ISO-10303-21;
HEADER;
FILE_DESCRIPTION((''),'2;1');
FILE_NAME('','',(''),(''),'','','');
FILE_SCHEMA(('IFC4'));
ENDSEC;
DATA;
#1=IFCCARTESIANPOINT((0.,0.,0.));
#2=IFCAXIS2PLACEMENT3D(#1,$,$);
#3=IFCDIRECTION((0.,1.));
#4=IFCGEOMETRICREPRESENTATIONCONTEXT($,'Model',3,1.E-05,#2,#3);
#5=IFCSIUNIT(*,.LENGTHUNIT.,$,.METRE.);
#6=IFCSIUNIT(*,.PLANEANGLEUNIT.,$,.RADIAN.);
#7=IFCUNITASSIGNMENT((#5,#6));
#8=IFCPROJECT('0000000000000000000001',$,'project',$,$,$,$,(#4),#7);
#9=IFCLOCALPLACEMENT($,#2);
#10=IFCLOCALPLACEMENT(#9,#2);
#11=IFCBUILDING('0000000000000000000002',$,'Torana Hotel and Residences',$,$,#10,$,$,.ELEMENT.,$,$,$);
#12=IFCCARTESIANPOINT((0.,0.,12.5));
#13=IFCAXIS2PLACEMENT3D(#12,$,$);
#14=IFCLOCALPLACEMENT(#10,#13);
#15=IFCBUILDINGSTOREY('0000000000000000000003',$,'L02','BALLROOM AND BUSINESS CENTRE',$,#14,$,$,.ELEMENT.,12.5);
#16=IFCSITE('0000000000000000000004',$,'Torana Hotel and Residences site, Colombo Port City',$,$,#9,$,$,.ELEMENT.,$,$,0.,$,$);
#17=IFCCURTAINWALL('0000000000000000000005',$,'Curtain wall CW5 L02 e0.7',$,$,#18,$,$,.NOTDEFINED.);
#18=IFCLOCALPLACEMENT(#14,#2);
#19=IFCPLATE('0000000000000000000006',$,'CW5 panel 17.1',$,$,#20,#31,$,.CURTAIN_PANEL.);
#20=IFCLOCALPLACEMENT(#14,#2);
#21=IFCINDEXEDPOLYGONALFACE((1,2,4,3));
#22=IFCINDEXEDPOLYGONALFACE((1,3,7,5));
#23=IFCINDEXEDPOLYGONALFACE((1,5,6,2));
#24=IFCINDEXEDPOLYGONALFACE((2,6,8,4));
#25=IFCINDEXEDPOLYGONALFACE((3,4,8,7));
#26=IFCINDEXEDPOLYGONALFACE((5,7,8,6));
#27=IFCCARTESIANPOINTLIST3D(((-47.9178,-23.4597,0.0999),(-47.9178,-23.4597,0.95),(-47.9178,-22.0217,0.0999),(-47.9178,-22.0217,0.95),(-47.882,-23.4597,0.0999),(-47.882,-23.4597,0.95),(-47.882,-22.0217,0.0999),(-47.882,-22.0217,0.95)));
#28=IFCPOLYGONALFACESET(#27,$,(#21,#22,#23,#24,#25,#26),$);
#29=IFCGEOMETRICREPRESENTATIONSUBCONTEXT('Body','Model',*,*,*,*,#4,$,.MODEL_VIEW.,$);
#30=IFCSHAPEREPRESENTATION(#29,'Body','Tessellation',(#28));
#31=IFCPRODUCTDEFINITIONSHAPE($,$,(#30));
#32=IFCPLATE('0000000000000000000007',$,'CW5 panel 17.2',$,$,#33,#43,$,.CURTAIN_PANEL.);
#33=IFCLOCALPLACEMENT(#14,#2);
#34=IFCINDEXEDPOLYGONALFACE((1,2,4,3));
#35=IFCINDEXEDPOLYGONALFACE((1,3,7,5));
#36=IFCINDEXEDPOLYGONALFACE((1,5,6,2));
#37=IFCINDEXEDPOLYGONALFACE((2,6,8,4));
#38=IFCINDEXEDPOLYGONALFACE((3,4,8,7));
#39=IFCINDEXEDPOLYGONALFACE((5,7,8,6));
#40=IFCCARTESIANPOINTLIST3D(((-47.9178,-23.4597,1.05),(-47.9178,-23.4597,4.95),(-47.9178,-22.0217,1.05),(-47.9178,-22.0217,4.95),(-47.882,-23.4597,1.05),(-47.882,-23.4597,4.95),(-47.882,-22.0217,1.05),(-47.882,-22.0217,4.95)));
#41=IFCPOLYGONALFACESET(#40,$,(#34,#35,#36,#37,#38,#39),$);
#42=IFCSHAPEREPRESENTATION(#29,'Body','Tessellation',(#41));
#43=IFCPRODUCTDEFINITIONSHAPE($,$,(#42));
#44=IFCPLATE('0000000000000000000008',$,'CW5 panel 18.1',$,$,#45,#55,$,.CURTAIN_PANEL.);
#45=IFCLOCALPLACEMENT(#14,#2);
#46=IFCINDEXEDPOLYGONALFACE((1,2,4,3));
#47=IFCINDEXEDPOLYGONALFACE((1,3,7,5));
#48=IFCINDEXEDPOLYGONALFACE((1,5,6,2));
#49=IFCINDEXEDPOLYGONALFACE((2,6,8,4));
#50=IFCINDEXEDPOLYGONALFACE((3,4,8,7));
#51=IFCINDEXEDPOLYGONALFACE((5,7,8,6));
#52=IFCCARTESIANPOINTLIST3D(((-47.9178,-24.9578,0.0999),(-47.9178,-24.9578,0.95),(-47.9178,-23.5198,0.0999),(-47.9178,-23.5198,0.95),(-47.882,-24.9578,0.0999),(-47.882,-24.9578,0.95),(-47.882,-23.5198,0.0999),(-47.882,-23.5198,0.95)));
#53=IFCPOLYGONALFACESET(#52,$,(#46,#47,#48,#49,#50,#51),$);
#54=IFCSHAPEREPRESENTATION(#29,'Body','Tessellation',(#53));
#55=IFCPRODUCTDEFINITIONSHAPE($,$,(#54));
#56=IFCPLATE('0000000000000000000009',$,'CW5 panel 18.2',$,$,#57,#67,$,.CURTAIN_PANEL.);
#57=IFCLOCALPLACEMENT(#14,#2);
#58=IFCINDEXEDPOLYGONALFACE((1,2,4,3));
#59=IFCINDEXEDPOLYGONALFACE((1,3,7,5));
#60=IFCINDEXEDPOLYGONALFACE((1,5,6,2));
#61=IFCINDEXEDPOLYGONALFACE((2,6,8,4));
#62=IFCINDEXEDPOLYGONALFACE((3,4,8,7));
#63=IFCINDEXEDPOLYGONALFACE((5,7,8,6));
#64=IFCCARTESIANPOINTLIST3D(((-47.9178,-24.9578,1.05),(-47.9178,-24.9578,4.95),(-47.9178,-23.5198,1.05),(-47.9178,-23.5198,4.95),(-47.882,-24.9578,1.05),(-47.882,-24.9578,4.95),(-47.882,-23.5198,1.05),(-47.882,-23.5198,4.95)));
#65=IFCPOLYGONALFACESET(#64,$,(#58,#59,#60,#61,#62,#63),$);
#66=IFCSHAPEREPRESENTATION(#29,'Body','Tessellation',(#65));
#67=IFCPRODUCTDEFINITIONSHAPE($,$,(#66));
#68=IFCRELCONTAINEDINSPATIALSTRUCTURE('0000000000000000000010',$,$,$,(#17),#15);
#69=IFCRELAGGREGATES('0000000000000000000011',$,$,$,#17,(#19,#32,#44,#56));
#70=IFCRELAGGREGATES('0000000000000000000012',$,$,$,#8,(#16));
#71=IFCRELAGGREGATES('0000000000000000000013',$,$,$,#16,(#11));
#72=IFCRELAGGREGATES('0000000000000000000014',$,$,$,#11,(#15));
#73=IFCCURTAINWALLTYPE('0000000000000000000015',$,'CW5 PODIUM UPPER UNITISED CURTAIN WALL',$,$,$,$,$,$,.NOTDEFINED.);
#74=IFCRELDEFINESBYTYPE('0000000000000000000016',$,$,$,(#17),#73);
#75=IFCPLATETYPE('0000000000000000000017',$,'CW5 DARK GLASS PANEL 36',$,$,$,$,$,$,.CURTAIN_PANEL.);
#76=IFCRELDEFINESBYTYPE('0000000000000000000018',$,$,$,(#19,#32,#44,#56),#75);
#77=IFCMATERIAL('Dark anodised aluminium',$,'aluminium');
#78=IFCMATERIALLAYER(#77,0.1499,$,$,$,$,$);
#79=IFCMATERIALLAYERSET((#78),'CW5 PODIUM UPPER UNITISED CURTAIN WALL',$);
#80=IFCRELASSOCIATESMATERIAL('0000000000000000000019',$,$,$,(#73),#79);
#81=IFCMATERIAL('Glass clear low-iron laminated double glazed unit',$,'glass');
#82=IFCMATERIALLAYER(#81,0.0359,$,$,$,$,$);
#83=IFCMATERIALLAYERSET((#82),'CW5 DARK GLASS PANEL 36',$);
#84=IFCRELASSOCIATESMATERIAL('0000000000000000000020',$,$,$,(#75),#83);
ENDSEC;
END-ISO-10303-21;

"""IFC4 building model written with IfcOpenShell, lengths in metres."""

from ifc_helpers import new_model, si_unit, direction, frame, origin, origin_2d, place, context, subcontext, project, spatial, rectangle, extrude, material, layer, layer_set, type_object, element, aggregate, save


model = new_model("IFC4")

# Units and contexts
model_context = context("Model", 3, precision=1e-05, world=origin(), true_north=direction((0.0, 1.0)))
body_context = subcontext(model_context, "Body", "Model", "MODEL_VIEW")
ifc_project = project(units=[si_unit("LENGTHUNIT", "METRE"), si_unit("PLANEANGLEUNIT", "RADIAN")], contexts=[model_context])

# Site, building, storey
site_placement = place(None, origin())
site = spatial("IfcSite", under=ifc_project, at=site_placement, Name="Torana Hotel and Residences site, Colombo Port City", CompositionType="ELEMENT", RefElevation=0.0)
building_placement = place(site_placement, origin())
building = spatial("IfcBuilding", under=site, at=building_placement, Name="Torana Hotel and Residences", CompositionType="ELEMENT")
storey_placement = place(building_placement, frame((0.0, 0.0, 12.5)))
storey = spatial("IfcBuildingStorey", under=building, at=storey_placement, Name="L02", Description="BALLROOM AND BUSINESS CENTRE", CompositionType="ELEMENT", Elevation=12.5)

# Curtain wall, plates
ifc_material_1 = material(Name="Dark anodised aluminium", Category="aluminium")
ifc_layer_1 = layer(ifc_material_1, 0.1499)
ifc_layer_set_1 = layer_set([ifc_layer_1], Name="CW5 PODIUM UPPER UNITISED CURTAIN WALL")
curtain_wall_type = type_object("IfcCurtainWallType", Name="CW5 PODIUM UPPER UNITISED CURTAIN WALL", PredefinedType="NOTDEFINED", material=ifc_layer_set_1)
curtain_wall_placement = place(storey_placement, origin())
curtain_wall = element("IfcCurtainWall", 1, at=curtain_wall_placement, inside=storey, type_object=curtain_wall_type, Name="Curtain wall CW5 L02 e0.7", PredefinedType="NOTDEFINED")
ifc_material_2 = material(Name="Glass clear low-iron laminated double glazed unit", Category="glass")
ifc_layer_2 = layer(ifc_material_2, 0.0359)
ifc_layer_set_2 = layer_set([ifc_layer_2], Name="CW5 DARK GLASS PANEL 36")
plate_type = type_object("IfcPlateType", Name="CW5 DARK GLASS PANEL 36", PredefinedType="CURTAIN_PANEL", material=ifc_layer_set_2)
plate_1_placement = place(storey_placement, frame((-47.8999, -22.7407, 0.0999), z_axis=(0.0, 0.0, 1.0), x_axis=(0.0, -1.0, 0.0)))
plate_1 = element("IfcPlate", 2, at=plate_1_placement, type_object=plate_type, Name="CW5 panel 17.1", PredefinedType="CURTAIN_PANEL", context=body_context, shape_type="SweptSolid", body=[
    extrude(rectangle(XDim=1.438, YDim=0.0359, at=origin_2d()), origin(), (0.0, 0.0, 1.0), 0.8501),
])
plate_2_placement = place(storey_placement, frame((-47.8999, -22.7407, 1.05), z_axis=(0.0, 0.0, 1.0), x_axis=(0.0, -1.0, 0.0)))
plate_2 = element("IfcPlate", 3, at=plate_2_placement, type_object=plate_type, Name="CW5 panel 17.2", PredefinedType="CURTAIN_PANEL", context=body_context, shape_type="SweptSolid", body=[
    extrude(rectangle(XDim=1.438, YDim=0.0359, at=origin_2d()), origin(), (0.0, 0.0, 1.0), 3.8999),
])
plate_3_placement = place(storey_placement, frame((-47.8999, -24.2388, 0.0999), z_axis=(0.0, 0.0, 1.0), x_axis=(0.0, -1.0, 0.0)))
plate_3 = element("IfcPlate", 4, at=plate_3_placement, type_object=plate_type, Name="CW5 panel 18.1", PredefinedType="CURTAIN_PANEL", context=body_context, shape_type="SweptSolid", body=[
    extrude(rectangle(XDim=1.438, YDim=0.0359, at=origin_2d()), origin(), (0.0, 0.0, 1.0), 0.8501),
])
plate_4_placement = place(storey_placement, frame((-47.8999, -24.2388, 1.05), z_axis=(0.0, 0.0, 1.0), x_axis=(0.0, -1.0, 0.0)))
plate_4 = element("IfcPlate", 5, at=plate_4_placement, type_object=plate_type, Name="CW5 panel 18.2", PredefinedType="CURTAIN_PANEL", context=body_context, shape_type="SweptSolid", body=[
    extrude(rectangle(XDim=1.438, YDim=0.0359, at=origin_2d()), origin(), (0.0, 0.0, 1.0), 3.8999),
])
aggregate(curtain_wall, [plate_1, plate_2, plate_3, plate_4])

save(model, "model.ifc")
